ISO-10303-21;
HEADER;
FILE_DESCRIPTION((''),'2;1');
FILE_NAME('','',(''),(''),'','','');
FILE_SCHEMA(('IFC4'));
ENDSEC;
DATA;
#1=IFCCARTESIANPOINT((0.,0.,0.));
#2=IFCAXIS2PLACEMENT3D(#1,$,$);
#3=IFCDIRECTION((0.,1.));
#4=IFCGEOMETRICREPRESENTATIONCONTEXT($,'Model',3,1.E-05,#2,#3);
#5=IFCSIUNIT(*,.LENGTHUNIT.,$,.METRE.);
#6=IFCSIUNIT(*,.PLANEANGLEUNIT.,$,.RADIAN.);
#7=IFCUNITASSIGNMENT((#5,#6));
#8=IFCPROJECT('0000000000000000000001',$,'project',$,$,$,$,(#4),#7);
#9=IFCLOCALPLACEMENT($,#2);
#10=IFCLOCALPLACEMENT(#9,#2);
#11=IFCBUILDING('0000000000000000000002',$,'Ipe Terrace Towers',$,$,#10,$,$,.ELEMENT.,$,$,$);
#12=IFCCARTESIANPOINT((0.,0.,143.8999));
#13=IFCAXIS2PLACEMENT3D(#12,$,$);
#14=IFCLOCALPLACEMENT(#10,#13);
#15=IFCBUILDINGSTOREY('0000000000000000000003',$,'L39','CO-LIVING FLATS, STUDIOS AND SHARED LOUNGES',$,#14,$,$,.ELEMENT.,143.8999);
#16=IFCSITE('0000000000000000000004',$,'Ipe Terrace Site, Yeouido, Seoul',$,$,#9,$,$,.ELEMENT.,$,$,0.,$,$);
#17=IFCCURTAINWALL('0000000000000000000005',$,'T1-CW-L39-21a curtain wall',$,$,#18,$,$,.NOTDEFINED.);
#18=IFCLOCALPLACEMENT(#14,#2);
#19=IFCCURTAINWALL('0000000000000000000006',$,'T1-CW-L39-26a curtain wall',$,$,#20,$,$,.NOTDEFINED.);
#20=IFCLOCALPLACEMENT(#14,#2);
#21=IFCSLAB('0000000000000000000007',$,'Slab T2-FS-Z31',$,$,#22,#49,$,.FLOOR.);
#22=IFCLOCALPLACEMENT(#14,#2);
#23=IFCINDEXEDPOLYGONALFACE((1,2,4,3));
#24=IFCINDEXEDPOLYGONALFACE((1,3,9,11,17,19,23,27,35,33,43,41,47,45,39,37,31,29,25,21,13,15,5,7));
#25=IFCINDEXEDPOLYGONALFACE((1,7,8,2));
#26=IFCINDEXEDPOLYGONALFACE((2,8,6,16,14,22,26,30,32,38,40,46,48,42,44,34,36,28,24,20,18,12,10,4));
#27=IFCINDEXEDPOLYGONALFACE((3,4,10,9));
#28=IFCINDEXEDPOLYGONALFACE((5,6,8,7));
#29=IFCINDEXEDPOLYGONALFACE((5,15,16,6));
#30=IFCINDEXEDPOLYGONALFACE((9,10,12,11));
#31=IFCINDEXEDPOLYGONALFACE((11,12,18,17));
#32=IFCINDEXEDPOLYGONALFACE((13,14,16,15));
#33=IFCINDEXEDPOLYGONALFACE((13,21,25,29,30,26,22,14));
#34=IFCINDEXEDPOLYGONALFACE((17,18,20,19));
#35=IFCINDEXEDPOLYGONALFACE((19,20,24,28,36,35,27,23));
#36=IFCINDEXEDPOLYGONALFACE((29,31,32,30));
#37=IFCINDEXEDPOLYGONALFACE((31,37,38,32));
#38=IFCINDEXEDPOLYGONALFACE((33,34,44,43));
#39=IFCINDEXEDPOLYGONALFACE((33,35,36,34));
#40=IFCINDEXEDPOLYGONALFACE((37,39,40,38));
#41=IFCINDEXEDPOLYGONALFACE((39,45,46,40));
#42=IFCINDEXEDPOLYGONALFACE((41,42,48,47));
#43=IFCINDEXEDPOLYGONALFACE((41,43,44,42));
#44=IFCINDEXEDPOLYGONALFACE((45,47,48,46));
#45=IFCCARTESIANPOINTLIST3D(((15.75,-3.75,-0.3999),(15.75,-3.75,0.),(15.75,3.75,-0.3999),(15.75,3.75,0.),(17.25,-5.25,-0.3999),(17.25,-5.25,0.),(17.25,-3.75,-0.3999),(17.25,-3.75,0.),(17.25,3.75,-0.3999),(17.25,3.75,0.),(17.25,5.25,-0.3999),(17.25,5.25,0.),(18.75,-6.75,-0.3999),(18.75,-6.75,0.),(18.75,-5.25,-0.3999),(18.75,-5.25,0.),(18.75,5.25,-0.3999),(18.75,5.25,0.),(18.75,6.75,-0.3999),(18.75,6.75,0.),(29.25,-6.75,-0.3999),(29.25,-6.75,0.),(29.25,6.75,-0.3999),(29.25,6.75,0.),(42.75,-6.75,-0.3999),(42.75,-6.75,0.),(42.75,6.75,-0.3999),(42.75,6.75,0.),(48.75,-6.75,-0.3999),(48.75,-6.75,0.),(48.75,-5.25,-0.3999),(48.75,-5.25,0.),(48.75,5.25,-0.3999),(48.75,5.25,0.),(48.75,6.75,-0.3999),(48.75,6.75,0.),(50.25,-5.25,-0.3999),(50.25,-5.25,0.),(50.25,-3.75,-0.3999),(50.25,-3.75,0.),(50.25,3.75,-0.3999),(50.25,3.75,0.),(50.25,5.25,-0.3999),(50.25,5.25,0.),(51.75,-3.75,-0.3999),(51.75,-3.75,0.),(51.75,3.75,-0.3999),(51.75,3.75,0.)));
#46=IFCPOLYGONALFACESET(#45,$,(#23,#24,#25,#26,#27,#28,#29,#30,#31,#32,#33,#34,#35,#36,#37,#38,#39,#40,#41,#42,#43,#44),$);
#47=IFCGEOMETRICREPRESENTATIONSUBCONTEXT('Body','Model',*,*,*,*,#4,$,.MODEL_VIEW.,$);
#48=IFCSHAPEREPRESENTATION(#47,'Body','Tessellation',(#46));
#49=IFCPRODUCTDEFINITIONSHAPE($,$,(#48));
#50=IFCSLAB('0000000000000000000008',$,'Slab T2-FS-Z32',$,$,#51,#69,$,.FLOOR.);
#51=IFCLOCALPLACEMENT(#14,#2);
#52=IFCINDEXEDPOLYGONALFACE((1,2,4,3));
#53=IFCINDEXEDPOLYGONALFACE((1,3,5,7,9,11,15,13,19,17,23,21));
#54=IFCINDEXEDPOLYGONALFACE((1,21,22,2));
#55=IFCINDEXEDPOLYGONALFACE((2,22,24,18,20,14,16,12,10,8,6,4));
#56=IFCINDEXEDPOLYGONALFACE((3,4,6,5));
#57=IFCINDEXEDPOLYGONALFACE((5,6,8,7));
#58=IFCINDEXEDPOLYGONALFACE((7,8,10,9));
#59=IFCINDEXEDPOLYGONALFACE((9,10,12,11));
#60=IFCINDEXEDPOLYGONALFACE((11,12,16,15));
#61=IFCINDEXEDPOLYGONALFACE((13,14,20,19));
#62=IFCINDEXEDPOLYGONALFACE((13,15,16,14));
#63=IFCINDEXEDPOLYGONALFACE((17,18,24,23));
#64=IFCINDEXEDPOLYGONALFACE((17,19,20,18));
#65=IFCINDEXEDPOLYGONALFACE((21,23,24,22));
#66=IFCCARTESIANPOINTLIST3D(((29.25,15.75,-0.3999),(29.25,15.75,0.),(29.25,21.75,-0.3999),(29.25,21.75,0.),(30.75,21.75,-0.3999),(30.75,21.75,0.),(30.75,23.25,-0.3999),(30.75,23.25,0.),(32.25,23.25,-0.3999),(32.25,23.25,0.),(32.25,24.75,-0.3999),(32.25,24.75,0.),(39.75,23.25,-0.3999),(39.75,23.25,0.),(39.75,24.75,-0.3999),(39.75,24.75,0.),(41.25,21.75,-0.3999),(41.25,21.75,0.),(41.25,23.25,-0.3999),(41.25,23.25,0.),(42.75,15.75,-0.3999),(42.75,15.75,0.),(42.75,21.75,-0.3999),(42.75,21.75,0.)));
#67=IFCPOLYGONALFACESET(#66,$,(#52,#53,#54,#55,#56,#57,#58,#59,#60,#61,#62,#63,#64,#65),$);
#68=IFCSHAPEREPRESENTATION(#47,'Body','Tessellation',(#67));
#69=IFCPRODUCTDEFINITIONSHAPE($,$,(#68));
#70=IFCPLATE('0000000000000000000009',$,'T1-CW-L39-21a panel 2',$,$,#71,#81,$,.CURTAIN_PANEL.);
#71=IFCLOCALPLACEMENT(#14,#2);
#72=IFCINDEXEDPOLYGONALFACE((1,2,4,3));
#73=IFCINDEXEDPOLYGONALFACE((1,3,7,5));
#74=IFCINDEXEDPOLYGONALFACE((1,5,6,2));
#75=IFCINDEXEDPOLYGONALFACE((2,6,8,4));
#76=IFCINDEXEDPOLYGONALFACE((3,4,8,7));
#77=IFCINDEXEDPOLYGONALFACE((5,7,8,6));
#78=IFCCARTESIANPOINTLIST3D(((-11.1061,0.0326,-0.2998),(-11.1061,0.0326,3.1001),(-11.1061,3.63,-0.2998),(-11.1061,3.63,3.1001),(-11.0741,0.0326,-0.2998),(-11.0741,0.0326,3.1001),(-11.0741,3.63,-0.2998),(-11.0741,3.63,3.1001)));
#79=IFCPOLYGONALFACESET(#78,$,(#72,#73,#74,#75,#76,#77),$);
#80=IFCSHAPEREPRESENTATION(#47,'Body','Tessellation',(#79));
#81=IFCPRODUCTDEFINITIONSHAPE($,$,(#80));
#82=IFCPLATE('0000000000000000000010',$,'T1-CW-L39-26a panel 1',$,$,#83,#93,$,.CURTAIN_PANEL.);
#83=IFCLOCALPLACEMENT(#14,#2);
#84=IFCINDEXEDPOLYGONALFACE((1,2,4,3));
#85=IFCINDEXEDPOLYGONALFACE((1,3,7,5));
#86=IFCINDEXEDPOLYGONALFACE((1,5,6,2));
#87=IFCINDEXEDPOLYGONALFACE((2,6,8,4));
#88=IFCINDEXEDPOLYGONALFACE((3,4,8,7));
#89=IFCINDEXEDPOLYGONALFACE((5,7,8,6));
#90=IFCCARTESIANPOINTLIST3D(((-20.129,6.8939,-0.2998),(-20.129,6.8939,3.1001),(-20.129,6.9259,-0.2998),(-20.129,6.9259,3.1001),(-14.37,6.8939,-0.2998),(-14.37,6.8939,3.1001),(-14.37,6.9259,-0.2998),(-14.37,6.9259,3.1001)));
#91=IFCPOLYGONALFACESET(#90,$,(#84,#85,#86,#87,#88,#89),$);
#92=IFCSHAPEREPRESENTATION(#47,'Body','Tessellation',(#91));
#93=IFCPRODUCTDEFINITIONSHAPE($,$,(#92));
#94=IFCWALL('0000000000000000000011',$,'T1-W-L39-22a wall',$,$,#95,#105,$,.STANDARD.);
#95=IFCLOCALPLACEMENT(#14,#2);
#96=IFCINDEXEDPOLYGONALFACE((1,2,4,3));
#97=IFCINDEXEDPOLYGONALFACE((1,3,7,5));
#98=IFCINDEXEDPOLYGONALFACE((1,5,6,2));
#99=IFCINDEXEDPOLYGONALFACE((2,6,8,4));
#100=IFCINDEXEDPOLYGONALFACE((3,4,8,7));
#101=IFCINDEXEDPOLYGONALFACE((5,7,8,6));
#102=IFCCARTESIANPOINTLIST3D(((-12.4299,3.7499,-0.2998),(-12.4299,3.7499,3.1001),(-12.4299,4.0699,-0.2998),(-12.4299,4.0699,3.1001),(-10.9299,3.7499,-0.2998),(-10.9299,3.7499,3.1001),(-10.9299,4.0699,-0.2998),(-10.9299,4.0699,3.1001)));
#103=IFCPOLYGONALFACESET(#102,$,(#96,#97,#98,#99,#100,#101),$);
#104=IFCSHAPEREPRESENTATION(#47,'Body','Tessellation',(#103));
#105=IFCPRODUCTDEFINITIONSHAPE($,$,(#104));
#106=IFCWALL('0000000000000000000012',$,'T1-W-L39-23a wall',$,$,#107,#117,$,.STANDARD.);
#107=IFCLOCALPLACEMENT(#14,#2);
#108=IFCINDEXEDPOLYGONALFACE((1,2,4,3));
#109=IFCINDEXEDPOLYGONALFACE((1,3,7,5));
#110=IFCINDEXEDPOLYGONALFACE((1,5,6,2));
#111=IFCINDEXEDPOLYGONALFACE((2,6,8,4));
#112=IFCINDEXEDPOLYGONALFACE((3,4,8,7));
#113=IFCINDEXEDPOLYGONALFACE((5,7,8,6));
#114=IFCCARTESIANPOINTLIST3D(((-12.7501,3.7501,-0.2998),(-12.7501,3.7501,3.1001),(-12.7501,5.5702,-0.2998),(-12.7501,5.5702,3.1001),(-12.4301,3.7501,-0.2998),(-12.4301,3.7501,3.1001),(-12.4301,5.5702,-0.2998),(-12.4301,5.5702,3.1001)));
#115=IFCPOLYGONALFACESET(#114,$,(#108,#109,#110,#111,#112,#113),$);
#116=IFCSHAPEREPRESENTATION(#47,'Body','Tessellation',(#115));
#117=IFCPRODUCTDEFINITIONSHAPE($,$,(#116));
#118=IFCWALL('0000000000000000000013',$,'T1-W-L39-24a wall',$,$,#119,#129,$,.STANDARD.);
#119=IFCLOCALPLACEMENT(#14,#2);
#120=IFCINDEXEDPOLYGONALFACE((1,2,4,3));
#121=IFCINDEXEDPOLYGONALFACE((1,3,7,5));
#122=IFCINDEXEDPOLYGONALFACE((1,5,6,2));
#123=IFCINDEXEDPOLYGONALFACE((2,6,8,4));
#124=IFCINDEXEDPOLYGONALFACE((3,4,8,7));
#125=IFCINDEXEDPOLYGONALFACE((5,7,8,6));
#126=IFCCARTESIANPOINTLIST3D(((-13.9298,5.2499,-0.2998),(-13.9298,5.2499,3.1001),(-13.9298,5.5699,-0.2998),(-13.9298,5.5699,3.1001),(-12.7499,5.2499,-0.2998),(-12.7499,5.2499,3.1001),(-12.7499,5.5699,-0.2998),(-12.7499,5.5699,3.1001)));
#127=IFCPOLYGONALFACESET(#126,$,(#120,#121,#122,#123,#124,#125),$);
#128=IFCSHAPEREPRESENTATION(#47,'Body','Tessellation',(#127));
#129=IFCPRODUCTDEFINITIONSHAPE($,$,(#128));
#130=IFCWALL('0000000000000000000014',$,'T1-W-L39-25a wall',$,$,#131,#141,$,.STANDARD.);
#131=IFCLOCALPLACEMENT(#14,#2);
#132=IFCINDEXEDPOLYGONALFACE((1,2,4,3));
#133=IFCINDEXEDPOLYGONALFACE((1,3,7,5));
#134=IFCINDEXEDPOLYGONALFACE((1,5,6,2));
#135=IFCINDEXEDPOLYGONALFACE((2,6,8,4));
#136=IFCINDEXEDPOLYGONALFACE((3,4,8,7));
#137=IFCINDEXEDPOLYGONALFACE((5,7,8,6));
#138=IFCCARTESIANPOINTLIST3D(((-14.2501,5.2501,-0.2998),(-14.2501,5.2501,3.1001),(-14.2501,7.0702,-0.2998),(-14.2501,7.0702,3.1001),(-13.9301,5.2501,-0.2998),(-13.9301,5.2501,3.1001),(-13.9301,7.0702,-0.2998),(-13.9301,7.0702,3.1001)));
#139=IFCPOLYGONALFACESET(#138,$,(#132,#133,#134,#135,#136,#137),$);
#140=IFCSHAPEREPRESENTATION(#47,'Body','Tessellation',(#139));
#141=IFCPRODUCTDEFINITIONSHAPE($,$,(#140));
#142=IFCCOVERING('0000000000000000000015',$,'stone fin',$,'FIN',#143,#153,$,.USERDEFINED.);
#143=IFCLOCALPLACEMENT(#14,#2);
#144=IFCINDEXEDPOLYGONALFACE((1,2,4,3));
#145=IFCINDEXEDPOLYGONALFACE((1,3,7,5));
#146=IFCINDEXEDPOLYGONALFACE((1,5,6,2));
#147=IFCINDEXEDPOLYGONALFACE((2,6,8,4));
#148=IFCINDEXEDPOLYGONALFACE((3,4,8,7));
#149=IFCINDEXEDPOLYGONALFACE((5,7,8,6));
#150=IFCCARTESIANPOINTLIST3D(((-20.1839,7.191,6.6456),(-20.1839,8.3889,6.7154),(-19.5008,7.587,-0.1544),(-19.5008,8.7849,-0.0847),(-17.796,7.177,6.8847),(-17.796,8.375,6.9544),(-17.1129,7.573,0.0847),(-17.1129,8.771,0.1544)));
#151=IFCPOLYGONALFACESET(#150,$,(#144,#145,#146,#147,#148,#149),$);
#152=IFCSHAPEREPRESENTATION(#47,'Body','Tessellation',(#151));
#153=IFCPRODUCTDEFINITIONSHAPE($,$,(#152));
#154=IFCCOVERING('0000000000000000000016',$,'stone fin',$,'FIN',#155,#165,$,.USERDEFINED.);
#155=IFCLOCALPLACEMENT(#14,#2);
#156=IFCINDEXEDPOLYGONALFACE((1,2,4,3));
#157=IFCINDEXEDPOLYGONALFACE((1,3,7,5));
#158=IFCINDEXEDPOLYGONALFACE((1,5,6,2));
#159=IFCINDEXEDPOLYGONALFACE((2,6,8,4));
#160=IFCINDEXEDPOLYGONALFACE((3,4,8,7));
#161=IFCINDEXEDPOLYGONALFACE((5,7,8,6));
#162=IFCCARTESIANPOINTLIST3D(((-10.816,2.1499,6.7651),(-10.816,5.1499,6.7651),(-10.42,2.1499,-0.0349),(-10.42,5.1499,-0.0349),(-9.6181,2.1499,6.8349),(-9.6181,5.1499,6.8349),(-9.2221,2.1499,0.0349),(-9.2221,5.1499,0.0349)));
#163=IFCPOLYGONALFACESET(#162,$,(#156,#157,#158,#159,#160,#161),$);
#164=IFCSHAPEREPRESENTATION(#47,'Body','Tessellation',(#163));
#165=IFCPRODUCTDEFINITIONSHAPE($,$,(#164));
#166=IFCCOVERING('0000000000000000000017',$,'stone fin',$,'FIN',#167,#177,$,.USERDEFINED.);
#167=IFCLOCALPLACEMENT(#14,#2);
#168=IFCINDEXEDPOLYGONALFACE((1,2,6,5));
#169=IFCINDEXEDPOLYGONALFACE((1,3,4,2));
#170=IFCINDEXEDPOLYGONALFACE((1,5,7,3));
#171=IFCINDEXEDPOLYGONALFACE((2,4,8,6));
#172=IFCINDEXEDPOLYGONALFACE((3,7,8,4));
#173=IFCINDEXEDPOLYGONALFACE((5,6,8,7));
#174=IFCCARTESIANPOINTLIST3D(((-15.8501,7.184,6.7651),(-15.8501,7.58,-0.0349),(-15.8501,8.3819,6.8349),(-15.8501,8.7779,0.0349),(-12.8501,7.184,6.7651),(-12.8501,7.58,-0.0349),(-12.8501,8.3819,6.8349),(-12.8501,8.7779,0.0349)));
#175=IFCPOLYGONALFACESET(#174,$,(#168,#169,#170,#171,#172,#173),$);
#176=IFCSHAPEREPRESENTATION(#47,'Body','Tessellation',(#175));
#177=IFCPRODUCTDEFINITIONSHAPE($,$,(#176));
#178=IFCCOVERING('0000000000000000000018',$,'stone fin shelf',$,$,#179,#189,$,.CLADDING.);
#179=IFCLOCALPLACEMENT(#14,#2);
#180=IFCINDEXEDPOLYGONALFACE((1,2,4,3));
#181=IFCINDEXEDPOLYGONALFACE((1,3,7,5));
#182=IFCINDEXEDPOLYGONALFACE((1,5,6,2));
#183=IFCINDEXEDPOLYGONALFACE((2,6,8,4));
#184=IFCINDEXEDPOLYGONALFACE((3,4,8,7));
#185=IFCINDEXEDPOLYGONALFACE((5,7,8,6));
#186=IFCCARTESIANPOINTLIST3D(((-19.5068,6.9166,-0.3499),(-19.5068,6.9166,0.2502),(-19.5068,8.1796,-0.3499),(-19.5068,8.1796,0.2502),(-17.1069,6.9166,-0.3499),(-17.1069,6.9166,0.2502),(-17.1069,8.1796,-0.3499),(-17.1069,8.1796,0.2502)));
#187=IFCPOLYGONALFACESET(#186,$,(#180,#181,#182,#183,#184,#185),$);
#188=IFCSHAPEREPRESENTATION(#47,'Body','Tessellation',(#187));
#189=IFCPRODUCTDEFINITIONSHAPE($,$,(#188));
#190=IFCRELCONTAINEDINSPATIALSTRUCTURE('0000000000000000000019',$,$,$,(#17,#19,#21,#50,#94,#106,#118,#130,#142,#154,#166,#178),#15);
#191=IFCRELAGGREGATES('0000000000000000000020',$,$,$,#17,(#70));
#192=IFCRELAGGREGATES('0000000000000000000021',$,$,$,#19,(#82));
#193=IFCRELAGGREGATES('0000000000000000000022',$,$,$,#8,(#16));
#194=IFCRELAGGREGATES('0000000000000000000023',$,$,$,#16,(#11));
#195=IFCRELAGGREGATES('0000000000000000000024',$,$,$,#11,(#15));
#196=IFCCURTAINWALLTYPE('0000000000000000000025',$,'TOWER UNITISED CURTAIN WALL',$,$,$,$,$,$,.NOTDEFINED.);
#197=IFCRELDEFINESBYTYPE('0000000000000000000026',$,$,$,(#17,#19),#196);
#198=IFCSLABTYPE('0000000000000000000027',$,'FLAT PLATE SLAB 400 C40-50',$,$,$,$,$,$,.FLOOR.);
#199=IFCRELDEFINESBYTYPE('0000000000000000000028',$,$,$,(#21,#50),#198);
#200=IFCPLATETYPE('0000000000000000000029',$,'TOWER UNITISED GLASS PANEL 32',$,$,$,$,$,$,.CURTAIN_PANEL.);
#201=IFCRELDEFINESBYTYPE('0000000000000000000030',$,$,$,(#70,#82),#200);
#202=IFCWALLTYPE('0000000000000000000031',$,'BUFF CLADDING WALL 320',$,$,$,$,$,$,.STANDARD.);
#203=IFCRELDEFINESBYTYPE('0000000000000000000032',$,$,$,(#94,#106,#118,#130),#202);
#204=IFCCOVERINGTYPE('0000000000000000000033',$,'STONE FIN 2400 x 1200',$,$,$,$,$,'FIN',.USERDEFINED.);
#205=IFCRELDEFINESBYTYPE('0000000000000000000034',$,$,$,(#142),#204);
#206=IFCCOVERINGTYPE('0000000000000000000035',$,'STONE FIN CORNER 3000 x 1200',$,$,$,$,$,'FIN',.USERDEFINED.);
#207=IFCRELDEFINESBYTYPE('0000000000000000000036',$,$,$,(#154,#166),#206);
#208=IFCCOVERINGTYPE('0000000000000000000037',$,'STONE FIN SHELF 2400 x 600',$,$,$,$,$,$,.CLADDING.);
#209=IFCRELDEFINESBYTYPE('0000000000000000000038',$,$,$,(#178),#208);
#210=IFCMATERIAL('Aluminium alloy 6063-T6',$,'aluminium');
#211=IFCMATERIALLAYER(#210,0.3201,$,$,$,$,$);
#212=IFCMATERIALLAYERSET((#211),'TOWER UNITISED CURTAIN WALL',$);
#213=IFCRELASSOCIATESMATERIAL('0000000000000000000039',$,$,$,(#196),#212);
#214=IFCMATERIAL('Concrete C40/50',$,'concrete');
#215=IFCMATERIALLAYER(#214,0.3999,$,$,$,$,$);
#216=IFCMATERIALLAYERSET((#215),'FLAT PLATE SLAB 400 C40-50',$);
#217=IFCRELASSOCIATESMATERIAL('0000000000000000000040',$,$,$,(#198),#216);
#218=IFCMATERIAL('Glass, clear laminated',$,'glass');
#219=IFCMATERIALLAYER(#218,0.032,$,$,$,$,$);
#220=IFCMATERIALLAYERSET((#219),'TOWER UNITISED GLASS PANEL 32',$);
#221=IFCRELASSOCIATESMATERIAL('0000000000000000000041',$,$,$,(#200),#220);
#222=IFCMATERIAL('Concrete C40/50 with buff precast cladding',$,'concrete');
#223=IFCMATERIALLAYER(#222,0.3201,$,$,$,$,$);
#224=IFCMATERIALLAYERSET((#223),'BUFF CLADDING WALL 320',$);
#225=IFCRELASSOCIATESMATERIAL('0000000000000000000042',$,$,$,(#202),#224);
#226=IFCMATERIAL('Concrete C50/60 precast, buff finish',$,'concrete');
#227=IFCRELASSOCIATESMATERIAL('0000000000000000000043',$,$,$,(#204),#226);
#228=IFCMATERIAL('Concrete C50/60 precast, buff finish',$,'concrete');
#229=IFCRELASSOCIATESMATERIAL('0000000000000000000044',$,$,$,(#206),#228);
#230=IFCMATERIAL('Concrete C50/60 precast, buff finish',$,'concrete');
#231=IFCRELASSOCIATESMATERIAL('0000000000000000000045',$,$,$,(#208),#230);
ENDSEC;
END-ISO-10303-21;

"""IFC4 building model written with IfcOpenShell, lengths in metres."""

from ifc_helpers import new_model, si_unit, direction, frame, frame_2d, origin, origin_2d, place, context, subcontext, project, spatial, polyline, rectangle, outline, extrude, material, layer, layer_set, material_profile, profile_set, type_object, element, aggregate, save


model = new_model("IFC4")

# Units and contexts
model_context = context("Model", 3, precision=1e-05, world=origin(), true_north=direction((0.0, 1.0)))
body_context = subcontext(model_context, "Body", "Model", "MODEL_VIEW")
ifc_project = project(units=[si_unit("LENGTHUNIT", "METRE"), si_unit("PLANEANGLEUNIT", "RADIAN")], contexts=[model_context])

# Site, building, storey
site_placement = place(None, origin())
site = spatial("IfcSite", under=ifc_project, at=site_placement, Name="Ipe Terrace Site, Yeouido, Seoul", CompositionType="ELEMENT", RefElevation=0.0)
building_placement = place(site_placement, origin())
building = spatial("IfcBuilding", under=site, at=building_placement, Name="Ipe Terrace Towers", CompositionType="ELEMENT")
storey_placement = place(building_placement, frame((0.0, 0.0, 143.8999)))
storey = spatial("IfcBuildingStorey", under=building, at=storey_placement, Name="L39", Description="CO-LIVING FLATS, STUDIOS AND SHARED LOUNGES", CompositionType="ELEMENT", Elevation=143.8999)

# Curtain wall
ifc_material_1 = material(Name="Aluminium alloy 6063-T6", Category="aluminium")
ifc_layer_1 = layer(ifc_material_1, 0.3201)
ifc_layer_set_1 = layer_set([ifc_layer_1], Name="TOWER UNITISED CURTAIN WALL")
curtain_wall_type = type_object("IfcCurtainWallType", Name="TOWER UNITISED CURTAIN WALL", PredefinedType="NOTDEFINED", material=ifc_layer_set_1)
curtain_wall_1_placement = place(storey_placement, origin())
curtain_wall_1 = element("IfcCurtainWall", 1, at=curtain_wall_1_placement, inside=storey, type_object=curtain_wall_type, Name="T1-CW-L39-21a curtain wall", PredefinedType="NOTDEFINED")

# Curtain wall
curtain_wall_2_placement = place(storey_placement, origin())
curtain_wall_2 = element("IfcCurtainWall", 2, at=curtain_wall_2_placement, inside=storey, type_object=curtain_wall_type, Name="T1-CW-L39-26a curtain wall", PredefinedType="NOTDEFINED")

# Slabs
ifc_material_2 = material(Name="Concrete C40/50", Category="concrete")
ifc_layer_2 = layer(ifc_material_2, 0.3999)
ifc_layer_set_2 = layer_set([ifc_layer_2], Name="FLAT PLATE SLAB 400 C40-50")
slab_type_1 = type_object("IfcSlabType", Name="FLAT PLATE SLAB 400 C40-50", PredefinedType="FLOOR", material=ifc_layer_set_2)
slab_1_placement = place(storey_placement, frame((0.0, 0.0, -0.3999)))
element("IfcSlab", 3, at=slab_1_placement, inside=storey, type_object=slab_type_1, Name="Slab T2-FS-Z31", PredefinedType="FLOOR", context=body_context, shape_type="SweptSolid", body=[
    extrude(outline(polyline([(48.75, 5.25), (50.25, 5.25), (50.25, 3.75), (51.75, 3.75), (51.75, -3.75), (50.25, -3.75), (50.25, -5.25), (48.75, -5.25), (48.75, -6.75), (42.75, -6.75), (29.25, -6.75), (18.75, -6.75), (18.75, -5.25), (17.25, -5.25), (17.25, -3.75), (15.75, -3.75), (15.75, 3.75), (17.25, 3.75), (17.25, 5.25), (18.75, 5.25), (18.75, 6.75), (29.25, 6.75), (42.75, 6.75), (48.75, 6.75), (48.75, 5.25)])), origin(), (0.0, 0.0, 1.0), 0.3999),
])
slab_2_placement = place(storey_placement, frame((0.0, 0.0, -0.3999)))
element("IfcSlab", 4, at=slab_2_placement, inside=storey, type_object=slab_type_1, Name="Slab T2-FS-Z32", PredefinedType="FLOOR", context=body_context, shape_type="SweptSolid", body=[
    extrude(outline(polyline([(30.75, 21.75), (30.75, 23.25), (32.25, 23.25), (32.25, 24.75), (39.75, 24.75), (39.75, 23.25), (41.25, 23.25), (41.25, 21.75), (42.75, 21.75), (42.75, 15.75), (29.25, 15.75), (29.25, 21.75), (30.75, 21.75)])), origin(), (0.0, 0.0, 1.0), 0.3999),
])

# Plates
ifc_material_3 = material(Name="Glass, clear laminated", Category="glass")
ifc_layer_3 = layer(ifc_material_3, 0.032)
ifc_layer_set_3 = layer_set([ifc_layer_3], Name="TOWER UNITISED GLASS PANEL 32")
plate_type = type_object("IfcPlateType", Name="TOWER UNITISED GLASS PANEL 32", PredefinedType="CURTAIN_PANEL", material=ifc_layer_set_3)
plate_1_placement = place(storey_placement, frame((-11.0901, 1.8313, -0.2998), z_axis=(0.0, 0.0, 1.0), x_axis=(0.0, 1.0, 0.0)))
plate_1 = element("IfcPlate", 5, at=plate_1_placement, type_object=plate_type, Name="T1-CW-L39-21a panel 2", PredefinedType="CURTAIN_PANEL", context=body_context, shape_type="SweptSolid", body=[
    extrude(rectangle(XDim=3.5974, YDim=0.032, at=origin_2d()), origin(), (0.0, 0.0, 1.0), 3.3999),
])
aggregate(curtain_wall_1, [plate_1])
plate_2_placement = place(storey_placement, frame((-17.2495, 6.9099, -0.2998), z_axis=(0.0, 0.0, 1.0), x_axis=(-1.0, 0.0, 0.0)))
plate_2 = element("IfcPlate", 6, at=plate_2_placement, type_object=plate_type, Name="T1-CW-L39-26a panel 1", PredefinedType="CURTAIN_PANEL", context=body_context, shape_type="SweptSolid", body=[
    extrude(rectangle(XDim=5.759, YDim=0.032, at=origin_2d()), origin(), (0.0, 0.0, 1.0), 3.3999),
])
aggregate(curtain_wall_2, [plate_2])

# Walls
ifc_material_4 = material(Name="Concrete C40/50 with buff precast cladding", Category="concrete")
ifc_layer_4 = layer(ifc_material_4, 0.3201)
ifc_layer_set_4 = layer_set([ifc_layer_4], Name="BUFF CLADDING WALL 320")
wall_type = type_object("IfcWallType", Name="BUFF CLADDING WALL 320", PredefinedType="STANDARD", material=ifc_layer_set_4)
wall_1_placement = place(storey_placement, frame((-10.9299, 3.9099, -0.2998), z_axis=(0.0, 0.0, 1.0), x_axis=(-1.0, 0.0, 0.0)))
element("IfcWall", 7, at=wall_1_placement, inside=storey, type_object=wall_type, Name="T1-W-L39-22a wall", PredefinedType="STANDARD", context=body_context, shape_type="SweptSolid", body=[
    extrude(rectangle(XDim=1.5, YDim=0.3201, at=frame_2d((0.75, 0.0))), origin(), (0.0, 0.0, 1.0), 3.3999),
])
wall_2_placement = place(storey_placement, frame((-12.5901, 3.75, -0.2998), z_axis=(0.0, 0.0, 1.0), x_axis=(0.0, 1.0, 0.0)))
element("IfcWall", 8, at=wall_2_placement, inside=storey, type_object=wall_type, Name="T1-W-L39-23a wall", PredefinedType="STANDARD", context=body_context, shape_type="SweptSolid", body=[
    extrude(rectangle(XDim=1.8201, YDim=0.3201, at=frame_2d((0.9102, 0.0))), origin(), (0.0, 0.0, 1.0), 3.3999),
])
wall_3_placement = place(storey_placement, frame((-12.75, 5.4099, -0.2998), z_axis=(0.0, 0.0, 1.0), x_axis=(-1.0, 0.0, 0.0)))
element("IfcWall", 9, at=wall_3_placement, inside=storey, type_object=wall_type, Name="T1-W-L39-24a wall", PredefinedType="STANDARD", context=body_context, shape_type="SweptSolid", body=[
    extrude(rectangle(XDim=1.1799, YDim=0.3201, at=frame_2d((0.5898, 0.0))), origin(), (0.0, 0.0, 1.0), 3.3999),
])
wall_4_placement = place(storey_placement, frame((-14.0901, 5.25, -0.2998), z_axis=(0.0, 0.0, 1.0), x_axis=(0.0, 1.0, 0.0)))
element("IfcWall", 10, at=wall_4_placement, inside=storey, type_object=wall_type, Name="T1-W-L39-25a wall", PredefinedType="STANDARD", context=body_context, shape_type="SweptSolid", body=[
    extrude(rectangle(XDim=1.8201, YDim=0.3201, at=frame_2d((0.9102, 0.0))), origin(), (0.0, 0.0, 1.0), 3.3999),
])

# Coverings
ifc_material_5 = material(Name="Concrete C50/60 precast, buff finish", Category="concrete")
ifc_material_profile_1 = material_profile(ifc_material_5, rectangle(XDim=2.3999, YDim=1.2, at=origin_2d()), Name="STONE FIN 2400 x 1200")
ifc_profile_set_1 = profile_set([ifc_material_profile_1], Name="Concrete C50/60 precast, buff finish")
covering_type_1 = type_object("IfcCoveringType", Name="STONE FIN 2400 x 1200", ElementType="FIN", PredefinedType="USERDEFINED", material=ifc_profile_set_1)
covering_1_placement = place(storey_placement, frame((-18.3069, 8.179, 0.0), z_axis=(-0.099786, -0.057846, 0.993326), x_axis=(-0.995009, 0.005801, -0.099617)))
element("IfcCovering", 11, at=covering_1_placement, inside=storey, type_object=covering_type_1, Name="stone fin", ObjectType="FIN", PredefinedType="USERDEFINED", context=body_context, shape_type="SweptSolid", body=[
    extrude(rectangle(XDim=2.3999, YDim=1.2, at=origin_2d()), origin(), (0.0, 0.0, 1.0), 6.8457),
])
ifc_material_6 = material(Name="Concrete C50/60 precast, buff finish", Category="concrete")
ifc_material_profile_2 = material_profile(ifc_material_6, rectangle(XDim=3.0, YDim=1.2, at=origin_2d()), Name="STONE FIN CORNER 3000 x 1200")
ifc_profile_set_2 = profile_set([ifc_material_profile_2], Name="Concrete C50/60 precast, buff finish")
covering_type_2 = type_object("IfcCoveringType", Name="STONE FIN CORNER 3000 x 1200", ElementType="FIN", PredefinedType="USERDEFINED", material=ifc_profile_set_2)
for number, where, z_axis, x_axis, name in (
    (12, (-9.821, 3.6499, 0.0), (-0.058136, 0.0, 0.998309), (0.0, 1.0, 0.0), "stone fin"),
    (13, (-14.3501, 8.179, 0.0), (0.0, -0.058136, 0.998309), (-1.0, 0.0, 0.0), "stone fin"),
):
    element("IfcCovering", number, at=place(storey_placement, frame(where, z_axis=z_axis, x_axis=x_axis)), inside=storey, type_object=covering_type_2, Name=name, ObjectType="FIN", PredefinedType="USERDEFINED", context=body_context, shape_type="SweptSolid", body=[
        extrude(rectangle(XDim=3.0, YDim=1.2, at=origin_2d()), origin(), (0.0, 0.0, 1.0), 6.8115),
    ])
ifc_material_7 = material(Name="Concrete C50/60 precast, buff finish", Category="concrete")
covering_type_3 = type_object("IfcCoveringType", Name="STONE FIN SHELF 2400 x 600", PredefinedType="CLADDING", material=ifc_material_7)
covering_2_placement = place(storey_placement, frame((-18.3069, 7.5481, -0.3499), z_axis=(0.0, 0.0, 1.0), x_axis=(-1.0, 0.0, 0.0)))
element("IfcCovering", 14, at=covering_2_placement, inside=storey, type_object=covering_type_3, Name="stone fin shelf", PredefinedType="CLADDING", context=body_context, shape_type="SweptSolid", body=[
    extrude(rectangle(XDim=2.3999, YDim=1.2629, at=origin_2d()), origin(), (0.0, 0.0, 1.0), 0.6001),
])

save(model, "model.ifc")
